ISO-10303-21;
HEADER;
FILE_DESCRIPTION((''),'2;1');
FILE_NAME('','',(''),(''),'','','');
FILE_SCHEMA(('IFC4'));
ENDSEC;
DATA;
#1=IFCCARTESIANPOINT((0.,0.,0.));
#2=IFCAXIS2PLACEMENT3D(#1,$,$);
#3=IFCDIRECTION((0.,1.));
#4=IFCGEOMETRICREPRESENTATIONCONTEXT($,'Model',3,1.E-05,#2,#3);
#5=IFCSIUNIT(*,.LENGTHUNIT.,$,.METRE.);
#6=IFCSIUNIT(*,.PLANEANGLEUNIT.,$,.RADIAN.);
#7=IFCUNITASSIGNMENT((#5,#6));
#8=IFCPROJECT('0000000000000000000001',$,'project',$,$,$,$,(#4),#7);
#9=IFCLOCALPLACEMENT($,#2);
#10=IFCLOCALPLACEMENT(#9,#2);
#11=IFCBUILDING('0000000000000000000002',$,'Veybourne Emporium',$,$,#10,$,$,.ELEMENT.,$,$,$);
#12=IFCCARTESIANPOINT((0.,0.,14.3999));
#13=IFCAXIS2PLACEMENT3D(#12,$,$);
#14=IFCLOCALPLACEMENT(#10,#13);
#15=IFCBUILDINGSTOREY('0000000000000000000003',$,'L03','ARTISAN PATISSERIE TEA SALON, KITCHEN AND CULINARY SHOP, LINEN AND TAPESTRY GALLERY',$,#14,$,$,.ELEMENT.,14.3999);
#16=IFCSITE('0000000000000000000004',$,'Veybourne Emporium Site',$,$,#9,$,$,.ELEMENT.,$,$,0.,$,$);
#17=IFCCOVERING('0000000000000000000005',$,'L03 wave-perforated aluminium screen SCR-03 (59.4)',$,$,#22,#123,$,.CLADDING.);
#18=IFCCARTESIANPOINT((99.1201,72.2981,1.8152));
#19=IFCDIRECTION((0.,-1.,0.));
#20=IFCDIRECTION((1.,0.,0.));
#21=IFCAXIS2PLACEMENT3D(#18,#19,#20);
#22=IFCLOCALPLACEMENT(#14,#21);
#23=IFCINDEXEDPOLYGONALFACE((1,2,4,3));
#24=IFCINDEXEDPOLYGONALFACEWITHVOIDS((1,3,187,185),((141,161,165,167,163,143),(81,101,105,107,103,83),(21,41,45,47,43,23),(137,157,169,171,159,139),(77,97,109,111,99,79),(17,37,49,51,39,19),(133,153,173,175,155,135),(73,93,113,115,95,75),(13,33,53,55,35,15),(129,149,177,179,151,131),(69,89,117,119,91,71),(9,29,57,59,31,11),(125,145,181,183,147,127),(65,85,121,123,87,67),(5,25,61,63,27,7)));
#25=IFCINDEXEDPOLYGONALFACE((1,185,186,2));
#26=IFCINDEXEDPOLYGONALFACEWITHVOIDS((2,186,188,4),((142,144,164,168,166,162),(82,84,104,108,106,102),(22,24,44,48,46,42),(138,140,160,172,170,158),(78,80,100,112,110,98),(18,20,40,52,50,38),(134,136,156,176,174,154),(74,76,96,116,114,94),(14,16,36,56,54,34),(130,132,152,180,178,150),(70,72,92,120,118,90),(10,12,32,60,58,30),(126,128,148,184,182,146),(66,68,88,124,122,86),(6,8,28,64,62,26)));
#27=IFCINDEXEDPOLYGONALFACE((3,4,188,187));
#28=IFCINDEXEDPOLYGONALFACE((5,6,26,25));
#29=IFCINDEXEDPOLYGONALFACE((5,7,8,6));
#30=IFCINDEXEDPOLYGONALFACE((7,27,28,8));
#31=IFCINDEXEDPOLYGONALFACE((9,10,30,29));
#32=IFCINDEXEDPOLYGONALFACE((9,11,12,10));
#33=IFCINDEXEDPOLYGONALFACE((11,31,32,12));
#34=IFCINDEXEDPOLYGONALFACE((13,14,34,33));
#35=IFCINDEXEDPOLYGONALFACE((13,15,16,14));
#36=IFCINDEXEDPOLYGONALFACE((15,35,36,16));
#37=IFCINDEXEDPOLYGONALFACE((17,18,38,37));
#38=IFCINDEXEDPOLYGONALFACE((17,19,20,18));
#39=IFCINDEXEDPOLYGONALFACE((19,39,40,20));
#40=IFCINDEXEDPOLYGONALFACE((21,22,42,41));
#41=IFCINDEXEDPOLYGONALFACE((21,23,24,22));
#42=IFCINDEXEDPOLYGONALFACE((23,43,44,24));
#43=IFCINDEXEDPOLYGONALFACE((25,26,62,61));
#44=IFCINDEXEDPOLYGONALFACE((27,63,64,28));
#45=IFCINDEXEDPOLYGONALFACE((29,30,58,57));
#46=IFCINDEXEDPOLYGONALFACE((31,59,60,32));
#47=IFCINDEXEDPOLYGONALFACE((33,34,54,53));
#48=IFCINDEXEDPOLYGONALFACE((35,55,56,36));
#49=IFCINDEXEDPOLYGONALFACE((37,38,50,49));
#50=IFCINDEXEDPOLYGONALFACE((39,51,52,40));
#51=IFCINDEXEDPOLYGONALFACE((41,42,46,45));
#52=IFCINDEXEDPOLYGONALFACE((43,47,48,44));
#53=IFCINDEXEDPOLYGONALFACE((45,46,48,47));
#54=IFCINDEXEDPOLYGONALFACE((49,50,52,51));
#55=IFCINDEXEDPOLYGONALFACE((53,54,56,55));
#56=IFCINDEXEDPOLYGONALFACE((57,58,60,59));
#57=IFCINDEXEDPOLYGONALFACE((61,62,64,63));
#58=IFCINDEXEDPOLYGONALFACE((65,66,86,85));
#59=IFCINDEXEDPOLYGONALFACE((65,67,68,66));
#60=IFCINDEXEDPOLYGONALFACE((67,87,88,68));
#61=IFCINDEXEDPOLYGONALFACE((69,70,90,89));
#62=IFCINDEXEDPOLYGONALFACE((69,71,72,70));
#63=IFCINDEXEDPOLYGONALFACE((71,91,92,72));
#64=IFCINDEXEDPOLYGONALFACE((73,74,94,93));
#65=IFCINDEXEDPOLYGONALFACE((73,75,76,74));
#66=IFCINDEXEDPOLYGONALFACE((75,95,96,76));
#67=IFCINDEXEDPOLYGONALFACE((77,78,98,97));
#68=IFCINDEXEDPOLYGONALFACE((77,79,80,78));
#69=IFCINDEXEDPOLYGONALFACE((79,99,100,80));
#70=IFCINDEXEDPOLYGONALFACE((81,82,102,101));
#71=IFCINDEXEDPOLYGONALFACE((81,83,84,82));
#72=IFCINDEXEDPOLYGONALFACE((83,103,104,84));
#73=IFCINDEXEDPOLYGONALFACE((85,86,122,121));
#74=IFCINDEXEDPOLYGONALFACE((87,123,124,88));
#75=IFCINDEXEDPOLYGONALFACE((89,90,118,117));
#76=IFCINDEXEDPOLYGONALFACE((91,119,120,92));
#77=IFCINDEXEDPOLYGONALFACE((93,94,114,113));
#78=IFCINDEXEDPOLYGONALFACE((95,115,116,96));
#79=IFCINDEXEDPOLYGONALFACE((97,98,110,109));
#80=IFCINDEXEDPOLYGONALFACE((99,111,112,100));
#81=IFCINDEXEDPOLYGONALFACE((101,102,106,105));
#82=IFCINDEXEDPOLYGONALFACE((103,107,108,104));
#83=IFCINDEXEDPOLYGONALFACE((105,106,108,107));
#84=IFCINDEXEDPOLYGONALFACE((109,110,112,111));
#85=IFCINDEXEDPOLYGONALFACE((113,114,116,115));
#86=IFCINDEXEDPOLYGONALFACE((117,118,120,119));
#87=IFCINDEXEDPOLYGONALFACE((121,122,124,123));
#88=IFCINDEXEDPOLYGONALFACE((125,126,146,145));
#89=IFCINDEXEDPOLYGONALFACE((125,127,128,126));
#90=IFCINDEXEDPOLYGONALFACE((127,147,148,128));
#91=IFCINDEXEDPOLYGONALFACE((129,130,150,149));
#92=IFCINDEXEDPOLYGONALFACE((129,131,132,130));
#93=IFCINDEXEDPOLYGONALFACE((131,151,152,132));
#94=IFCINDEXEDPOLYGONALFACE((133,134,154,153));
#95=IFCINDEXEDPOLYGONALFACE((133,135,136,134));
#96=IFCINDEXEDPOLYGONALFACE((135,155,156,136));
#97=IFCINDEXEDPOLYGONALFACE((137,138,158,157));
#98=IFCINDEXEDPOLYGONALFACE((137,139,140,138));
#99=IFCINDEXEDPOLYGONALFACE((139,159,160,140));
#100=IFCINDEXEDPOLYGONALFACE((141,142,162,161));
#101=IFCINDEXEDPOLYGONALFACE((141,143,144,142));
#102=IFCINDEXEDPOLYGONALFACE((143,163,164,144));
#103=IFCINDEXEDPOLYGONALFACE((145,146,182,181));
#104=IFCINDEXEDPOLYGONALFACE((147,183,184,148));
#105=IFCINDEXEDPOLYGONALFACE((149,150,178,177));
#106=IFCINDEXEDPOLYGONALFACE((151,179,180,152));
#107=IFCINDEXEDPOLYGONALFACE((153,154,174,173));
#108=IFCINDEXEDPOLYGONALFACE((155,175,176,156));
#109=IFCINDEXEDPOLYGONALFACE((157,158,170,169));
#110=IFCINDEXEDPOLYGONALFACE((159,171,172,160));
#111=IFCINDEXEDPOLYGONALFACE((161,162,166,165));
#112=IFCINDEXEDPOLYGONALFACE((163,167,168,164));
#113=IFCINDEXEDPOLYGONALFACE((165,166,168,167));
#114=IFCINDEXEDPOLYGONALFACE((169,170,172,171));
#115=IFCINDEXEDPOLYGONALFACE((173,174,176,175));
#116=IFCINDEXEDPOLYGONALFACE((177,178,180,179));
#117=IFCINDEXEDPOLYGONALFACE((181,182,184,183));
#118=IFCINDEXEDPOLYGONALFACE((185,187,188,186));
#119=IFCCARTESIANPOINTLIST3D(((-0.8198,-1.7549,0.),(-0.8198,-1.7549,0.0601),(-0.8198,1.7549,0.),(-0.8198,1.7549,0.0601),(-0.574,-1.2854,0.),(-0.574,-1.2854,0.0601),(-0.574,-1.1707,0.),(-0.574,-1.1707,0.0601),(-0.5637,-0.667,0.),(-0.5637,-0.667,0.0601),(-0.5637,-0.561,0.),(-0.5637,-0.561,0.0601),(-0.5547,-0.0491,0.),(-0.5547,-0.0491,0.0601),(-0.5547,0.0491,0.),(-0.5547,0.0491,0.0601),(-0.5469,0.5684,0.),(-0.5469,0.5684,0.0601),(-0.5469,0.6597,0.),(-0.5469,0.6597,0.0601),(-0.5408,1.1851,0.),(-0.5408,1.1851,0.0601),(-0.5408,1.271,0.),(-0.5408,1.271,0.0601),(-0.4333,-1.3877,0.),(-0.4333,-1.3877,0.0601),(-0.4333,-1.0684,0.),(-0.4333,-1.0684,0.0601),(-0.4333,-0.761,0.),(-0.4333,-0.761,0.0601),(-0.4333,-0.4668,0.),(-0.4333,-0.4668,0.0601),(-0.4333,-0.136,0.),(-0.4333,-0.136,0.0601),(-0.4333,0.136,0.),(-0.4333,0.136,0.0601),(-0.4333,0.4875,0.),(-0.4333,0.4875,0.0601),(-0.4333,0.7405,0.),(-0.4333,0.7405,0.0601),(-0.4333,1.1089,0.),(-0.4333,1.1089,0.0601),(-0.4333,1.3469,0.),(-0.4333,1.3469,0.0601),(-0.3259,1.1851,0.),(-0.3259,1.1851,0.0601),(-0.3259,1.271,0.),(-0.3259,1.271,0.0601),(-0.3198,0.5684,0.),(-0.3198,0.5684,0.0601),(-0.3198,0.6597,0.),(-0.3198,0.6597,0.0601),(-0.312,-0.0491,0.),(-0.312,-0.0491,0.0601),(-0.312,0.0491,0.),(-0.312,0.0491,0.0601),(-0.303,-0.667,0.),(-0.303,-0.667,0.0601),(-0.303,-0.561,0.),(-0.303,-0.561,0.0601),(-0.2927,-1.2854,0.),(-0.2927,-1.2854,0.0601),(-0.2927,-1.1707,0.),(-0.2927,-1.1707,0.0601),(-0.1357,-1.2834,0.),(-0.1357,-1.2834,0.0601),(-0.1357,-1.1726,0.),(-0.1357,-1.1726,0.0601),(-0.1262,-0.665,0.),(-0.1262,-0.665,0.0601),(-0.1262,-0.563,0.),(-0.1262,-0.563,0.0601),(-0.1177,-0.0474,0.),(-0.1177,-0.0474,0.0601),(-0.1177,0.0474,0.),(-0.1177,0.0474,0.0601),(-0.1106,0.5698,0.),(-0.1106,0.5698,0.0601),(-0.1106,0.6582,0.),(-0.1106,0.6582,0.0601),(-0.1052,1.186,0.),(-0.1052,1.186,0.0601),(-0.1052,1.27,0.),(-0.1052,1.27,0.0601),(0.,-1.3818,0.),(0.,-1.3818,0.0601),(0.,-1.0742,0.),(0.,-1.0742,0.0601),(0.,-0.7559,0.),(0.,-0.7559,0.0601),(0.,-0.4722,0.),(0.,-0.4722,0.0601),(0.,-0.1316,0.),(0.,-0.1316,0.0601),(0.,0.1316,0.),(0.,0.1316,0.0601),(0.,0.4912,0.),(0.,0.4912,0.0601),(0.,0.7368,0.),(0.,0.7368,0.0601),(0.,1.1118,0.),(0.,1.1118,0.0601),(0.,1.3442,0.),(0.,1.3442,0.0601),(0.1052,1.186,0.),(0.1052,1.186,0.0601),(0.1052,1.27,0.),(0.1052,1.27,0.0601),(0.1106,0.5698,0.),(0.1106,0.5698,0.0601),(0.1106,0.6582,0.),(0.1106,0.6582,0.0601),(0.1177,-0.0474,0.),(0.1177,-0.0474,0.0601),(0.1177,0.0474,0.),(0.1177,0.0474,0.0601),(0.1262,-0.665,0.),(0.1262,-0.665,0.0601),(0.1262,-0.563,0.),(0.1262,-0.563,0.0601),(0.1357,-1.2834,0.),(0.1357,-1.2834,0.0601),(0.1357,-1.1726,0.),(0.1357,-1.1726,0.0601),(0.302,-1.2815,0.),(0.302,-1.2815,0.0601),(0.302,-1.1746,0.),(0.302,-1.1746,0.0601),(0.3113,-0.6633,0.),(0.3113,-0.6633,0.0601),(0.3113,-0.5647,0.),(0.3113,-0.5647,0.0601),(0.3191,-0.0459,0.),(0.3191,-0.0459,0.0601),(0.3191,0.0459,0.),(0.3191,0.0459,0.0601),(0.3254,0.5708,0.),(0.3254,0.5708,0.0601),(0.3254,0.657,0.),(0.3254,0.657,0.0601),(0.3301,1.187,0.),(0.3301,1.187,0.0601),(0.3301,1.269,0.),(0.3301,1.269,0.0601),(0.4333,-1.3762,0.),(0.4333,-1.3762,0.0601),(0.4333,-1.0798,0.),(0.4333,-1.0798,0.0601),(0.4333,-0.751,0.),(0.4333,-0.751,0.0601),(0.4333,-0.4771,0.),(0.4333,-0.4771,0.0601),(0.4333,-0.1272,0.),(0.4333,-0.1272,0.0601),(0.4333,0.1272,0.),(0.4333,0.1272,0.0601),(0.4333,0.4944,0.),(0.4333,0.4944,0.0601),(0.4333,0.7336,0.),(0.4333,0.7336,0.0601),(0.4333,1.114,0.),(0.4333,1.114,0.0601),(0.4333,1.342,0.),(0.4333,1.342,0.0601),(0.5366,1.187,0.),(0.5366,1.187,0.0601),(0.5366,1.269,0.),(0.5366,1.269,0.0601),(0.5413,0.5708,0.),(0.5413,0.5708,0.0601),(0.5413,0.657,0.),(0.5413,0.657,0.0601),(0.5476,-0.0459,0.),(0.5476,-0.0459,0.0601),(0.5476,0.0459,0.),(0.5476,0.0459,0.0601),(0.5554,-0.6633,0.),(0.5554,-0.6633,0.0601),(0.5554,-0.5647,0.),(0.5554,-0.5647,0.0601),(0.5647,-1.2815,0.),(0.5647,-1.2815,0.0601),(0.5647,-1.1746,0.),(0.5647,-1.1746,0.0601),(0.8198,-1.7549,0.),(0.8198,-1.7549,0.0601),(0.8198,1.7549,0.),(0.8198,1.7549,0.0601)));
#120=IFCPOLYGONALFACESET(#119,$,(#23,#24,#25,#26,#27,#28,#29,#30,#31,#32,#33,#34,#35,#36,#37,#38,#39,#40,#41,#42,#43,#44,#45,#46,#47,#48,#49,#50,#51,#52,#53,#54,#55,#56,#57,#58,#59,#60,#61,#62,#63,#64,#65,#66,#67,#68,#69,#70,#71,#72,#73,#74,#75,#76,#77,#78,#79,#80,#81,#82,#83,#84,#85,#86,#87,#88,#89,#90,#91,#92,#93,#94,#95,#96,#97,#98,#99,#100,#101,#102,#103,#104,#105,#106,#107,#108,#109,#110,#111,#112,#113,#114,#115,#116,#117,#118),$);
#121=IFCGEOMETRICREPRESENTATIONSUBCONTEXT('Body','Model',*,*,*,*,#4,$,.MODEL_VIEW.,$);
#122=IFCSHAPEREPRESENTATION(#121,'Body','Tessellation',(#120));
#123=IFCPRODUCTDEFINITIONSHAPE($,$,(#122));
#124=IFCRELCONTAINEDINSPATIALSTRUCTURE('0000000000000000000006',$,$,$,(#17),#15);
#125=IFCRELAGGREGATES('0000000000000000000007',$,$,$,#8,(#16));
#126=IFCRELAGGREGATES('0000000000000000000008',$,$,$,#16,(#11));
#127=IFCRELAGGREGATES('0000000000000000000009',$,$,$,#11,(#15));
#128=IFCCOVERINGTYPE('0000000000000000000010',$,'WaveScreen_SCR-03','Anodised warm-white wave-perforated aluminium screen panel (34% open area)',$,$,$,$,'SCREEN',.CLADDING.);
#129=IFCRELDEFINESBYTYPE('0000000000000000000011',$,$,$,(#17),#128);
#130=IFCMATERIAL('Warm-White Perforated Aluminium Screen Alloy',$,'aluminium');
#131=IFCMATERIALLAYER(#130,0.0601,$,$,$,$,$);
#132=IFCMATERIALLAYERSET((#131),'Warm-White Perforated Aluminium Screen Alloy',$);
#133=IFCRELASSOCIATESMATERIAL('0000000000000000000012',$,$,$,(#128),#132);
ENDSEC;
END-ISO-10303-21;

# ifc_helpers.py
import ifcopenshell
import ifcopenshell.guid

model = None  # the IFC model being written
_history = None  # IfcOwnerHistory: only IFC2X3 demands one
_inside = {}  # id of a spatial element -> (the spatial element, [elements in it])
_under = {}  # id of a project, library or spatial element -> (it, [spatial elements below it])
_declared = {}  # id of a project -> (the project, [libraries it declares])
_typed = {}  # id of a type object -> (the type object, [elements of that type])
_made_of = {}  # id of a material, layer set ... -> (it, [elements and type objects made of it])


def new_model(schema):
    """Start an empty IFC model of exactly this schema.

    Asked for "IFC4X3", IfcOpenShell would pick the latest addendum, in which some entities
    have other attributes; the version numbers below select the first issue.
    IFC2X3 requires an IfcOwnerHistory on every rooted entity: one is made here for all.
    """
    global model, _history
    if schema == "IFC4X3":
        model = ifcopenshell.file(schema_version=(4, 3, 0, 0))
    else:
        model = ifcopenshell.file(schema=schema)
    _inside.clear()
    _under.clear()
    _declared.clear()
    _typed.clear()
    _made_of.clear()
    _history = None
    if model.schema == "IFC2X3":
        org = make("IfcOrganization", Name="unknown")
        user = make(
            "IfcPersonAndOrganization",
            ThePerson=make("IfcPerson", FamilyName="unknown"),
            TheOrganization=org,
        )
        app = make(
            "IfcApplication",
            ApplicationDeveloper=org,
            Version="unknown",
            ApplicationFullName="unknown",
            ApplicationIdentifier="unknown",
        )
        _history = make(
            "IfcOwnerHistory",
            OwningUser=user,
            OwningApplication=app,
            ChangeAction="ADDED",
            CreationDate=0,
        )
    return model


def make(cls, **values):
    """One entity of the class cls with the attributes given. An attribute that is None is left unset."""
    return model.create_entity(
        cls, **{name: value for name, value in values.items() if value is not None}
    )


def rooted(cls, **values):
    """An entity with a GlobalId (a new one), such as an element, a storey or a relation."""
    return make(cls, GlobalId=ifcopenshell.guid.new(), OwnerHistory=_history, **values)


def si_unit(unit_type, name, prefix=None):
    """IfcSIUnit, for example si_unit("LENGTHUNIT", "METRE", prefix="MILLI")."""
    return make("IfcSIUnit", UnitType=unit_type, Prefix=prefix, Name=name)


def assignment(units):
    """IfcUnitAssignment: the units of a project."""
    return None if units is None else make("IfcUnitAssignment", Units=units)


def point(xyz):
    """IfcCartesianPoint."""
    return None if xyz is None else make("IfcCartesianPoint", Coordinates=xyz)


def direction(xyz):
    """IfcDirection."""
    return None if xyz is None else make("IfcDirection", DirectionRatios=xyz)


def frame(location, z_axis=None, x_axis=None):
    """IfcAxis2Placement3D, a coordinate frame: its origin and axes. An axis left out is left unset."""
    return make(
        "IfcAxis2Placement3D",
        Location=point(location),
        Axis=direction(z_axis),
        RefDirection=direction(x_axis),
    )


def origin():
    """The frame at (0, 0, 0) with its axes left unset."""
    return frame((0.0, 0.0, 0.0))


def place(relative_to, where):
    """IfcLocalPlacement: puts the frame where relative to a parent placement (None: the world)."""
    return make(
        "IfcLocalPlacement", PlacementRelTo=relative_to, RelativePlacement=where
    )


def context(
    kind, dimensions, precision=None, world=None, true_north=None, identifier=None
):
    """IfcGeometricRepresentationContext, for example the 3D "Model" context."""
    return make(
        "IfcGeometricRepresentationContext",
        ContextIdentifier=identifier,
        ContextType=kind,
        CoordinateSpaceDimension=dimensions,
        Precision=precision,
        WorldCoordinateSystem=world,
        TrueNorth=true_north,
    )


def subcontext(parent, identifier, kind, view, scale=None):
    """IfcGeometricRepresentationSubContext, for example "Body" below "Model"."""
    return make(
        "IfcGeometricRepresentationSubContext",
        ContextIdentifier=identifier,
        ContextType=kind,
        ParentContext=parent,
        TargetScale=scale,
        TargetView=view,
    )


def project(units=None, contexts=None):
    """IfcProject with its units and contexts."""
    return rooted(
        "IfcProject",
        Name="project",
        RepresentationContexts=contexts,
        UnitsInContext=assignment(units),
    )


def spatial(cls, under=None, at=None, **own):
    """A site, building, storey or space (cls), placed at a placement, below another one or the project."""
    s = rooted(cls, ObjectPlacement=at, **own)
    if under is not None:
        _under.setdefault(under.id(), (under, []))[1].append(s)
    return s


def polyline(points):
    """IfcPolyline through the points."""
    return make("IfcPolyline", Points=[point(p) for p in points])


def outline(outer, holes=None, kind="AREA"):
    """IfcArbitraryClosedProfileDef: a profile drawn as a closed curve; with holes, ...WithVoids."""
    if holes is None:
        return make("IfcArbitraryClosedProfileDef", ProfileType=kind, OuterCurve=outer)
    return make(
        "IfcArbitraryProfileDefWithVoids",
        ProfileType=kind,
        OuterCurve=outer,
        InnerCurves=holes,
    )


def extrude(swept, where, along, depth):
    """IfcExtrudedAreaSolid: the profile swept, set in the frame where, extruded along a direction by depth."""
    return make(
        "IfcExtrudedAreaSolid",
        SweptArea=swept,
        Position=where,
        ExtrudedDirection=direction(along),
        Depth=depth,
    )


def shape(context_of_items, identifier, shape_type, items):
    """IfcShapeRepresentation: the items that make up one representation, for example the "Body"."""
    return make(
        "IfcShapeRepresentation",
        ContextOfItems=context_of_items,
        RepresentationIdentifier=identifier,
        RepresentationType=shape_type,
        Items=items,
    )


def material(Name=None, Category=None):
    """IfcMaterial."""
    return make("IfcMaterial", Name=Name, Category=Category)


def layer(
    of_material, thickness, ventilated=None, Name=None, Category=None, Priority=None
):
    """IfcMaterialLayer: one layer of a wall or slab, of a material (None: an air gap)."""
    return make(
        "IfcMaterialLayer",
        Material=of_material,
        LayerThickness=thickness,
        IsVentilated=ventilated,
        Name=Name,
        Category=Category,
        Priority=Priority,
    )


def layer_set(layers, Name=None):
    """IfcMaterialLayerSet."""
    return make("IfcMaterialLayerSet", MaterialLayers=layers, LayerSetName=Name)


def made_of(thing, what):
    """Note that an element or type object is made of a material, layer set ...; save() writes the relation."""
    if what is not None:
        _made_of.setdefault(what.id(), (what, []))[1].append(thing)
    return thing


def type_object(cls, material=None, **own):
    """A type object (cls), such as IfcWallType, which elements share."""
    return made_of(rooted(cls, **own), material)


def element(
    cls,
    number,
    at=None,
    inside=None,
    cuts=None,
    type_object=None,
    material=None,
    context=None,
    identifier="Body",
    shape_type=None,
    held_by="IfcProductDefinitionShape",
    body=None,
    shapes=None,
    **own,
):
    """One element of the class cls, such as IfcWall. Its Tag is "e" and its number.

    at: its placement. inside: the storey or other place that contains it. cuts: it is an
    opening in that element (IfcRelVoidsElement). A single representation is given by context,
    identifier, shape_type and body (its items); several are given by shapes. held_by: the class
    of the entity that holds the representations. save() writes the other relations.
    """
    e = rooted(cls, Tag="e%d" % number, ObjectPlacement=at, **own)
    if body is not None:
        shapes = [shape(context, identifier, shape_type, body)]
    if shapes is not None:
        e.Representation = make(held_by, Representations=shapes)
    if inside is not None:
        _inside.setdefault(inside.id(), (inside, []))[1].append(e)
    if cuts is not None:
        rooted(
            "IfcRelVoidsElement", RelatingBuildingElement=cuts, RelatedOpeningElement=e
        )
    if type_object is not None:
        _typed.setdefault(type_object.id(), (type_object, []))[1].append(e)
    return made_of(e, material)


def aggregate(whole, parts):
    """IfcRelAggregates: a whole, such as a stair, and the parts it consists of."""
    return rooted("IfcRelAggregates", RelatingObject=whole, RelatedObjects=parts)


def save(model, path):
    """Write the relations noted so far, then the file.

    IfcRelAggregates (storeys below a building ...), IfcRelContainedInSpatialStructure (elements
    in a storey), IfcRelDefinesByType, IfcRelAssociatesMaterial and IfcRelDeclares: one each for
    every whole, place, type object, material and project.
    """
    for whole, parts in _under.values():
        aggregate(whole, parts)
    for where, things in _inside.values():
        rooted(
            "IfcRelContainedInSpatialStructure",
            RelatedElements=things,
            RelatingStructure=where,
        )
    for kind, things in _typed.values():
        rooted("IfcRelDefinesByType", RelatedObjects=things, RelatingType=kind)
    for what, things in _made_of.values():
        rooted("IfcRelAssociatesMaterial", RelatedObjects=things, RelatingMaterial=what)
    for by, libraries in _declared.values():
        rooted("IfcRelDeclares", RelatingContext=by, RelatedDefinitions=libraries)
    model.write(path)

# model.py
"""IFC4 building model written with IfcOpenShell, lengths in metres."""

from ifc_helpers import new_model, si_unit, direction, frame, origin, place, context, subcontext, project, spatial, polyline, outline, extrude, material, layer, layer_set, type_object, element, save


model = new_model("IFC4")

# Units and contexts
model_context = context("Model", 3, precision=1e-05, world=origin(), true_north=direction((0.0, 1.0)))
body_context = subcontext(model_context, "Body", "Model", "MODEL_VIEW")
ifc_project = project(units=[si_unit("LENGTHUNIT", "METRE"), si_unit("PLANEANGLEUNIT", "RADIAN")], contexts=[model_context])

# Site, building, storey
site_placement = place(None, origin())
site = spatial("IfcSite", under=ifc_project, at=site_placement, Name="Veybourne Emporium Site", CompositionType="ELEMENT", RefElevation=0.0)
building_placement = place(site_placement, origin())
building = spatial("IfcBuilding", under=site, at=building_placement, Name="Veybourne Emporium", CompositionType="ELEMENT")
storey_placement = place(building_placement, frame((0.0, 0.0, 14.3999)))
storey = spatial("IfcBuildingStorey", under=building, at=storey_placement, Name="L03", Description="ARTISAN PATISSERIE TEA SALON, KITCHEN AND CULINARY SHOP, LINEN AND TAPESTRY GALLERY", CompositionType="ELEMENT", Elevation=14.3999)

# Covering
ifc_material_1 = material(Name="Warm-White Perforated Aluminium Screen Alloy", Category="aluminium")
ifc_layer_1 = layer(ifc_material_1, 0.0601)
ifc_layer_set_1 = layer_set([ifc_layer_1], Name="Warm-White Perforated Aluminium Screen Alloy")
covering_type_1 = type_object("IfcCoveringType", Name="WaveScreen_SCR-03", Description="Anodised warm-white wave-perforated aluminium screen panel (34% open area)", ElementType="SCREEN", PredefinedType="CLADDING", material=ifc_layer_set_1)
covering_1_placement = place(storey_placement, frame((99.1201, 72.2981, 1.8152), z_axis=(0.0, -1.0, 0.0), x_axis=(1.0, 0.0, 0.0)))
element("IfcCovering", 1, at=covering_1_placement, inside=storey, type_object=covering_type_1, Name="L03 wave-perforated aluminium screen SCR-03 (59.4)", PredefinedType="CLADDING", context=body_context, shape_type="SweptSolid", body=[
    extrude(outline(polyline([(-0.8198, -1.7549), (0.8198, -1.7549), (0.8198, 1.7549), (-0.8198, 1.7549), (-0.8198, -1.7549)]), holes=[polyline([(-0.4333, -1.0684), (-0.2927, -1.1707), (-0.2927, -1.2854), (-0.4333, -1.3877), (-0.574, -1.2854), (-0.574, -1.1707), (-0.4333, -1.0684)]), polyline([(-0.4333, -0.4668), (-0.303, -0.561), (-0.303, -0.667), (-0.4333, -0.761), (-0.5637, -0.667), (-0.5637, -0.561), (-0.4333, -0.4668)]), polyline([(-0.4333, 0.136), (-0.312, 0.0491), (-0.312, -0.0491), (-0.4333, -0.136), (-0.5547, -0.0491), (-0.5547, 0.0491), (-0.4333, 0.136)]), polyline([(-0.4333, 0.7405), (-0.3198, 0.6597), (-0.3198, 0.5684), (-0.4333, 0.4875), (-0.5469, 0.5684), (-0.5469, 0.6597), (-0.4333, 0.7405)]), polyline([(-0.4333, 1.3469), (-0.3259, 1.271), (-0.3259, 1.1851), (-0.4333, 1.1089), (-0.5408, 1.1851), (-0.5408, 1.271), (-0.4333, 1.3469)]), polyline([(0.0, -1.0742), (0.1357, -1.1726), (0.1357, -1.2834), (0.0, -1.3818), (-0.1357, -1.2834), (-0.1357, -1.1726), (0.0, -1.0742)]), polyline([(0.0, -0.4722), (0.1262, -0.563), (0.1262, -0.665), (0.0, -0.7559), (-0.1262, -0.665), (-0.1262, -0.563), (0.0, -0.4722)]), polyline([(0.0, 0.1316), (0.1177, 0.0474), (0.1177, -0.0474), (0.0, -0.1316), (-0.1177, -0.0474), (-0.1177, 0.0474), (0.0, 0.1316)]), polyline([(0.0, 0.7368), (0.1106, 0.6582), (0.1106, 0.5698), (0.0, 0.4912), (-0.1106, 0.5698), (-0.1106, 0.6582), (0.0, 0.7368)]), polyline([(0.0, 1.3442), (0.1052, 1.27), (0.1052, 1.186), (0.0, 1.1118), (-0.1052, 1.186), (-0.1052, 1.27), (0.0, 1.3442)]), polyline([(0.4333, -1.0798), (0.5647, -1.1746), (0.5647, -1.2815), (0.4333, -1.3762), (0.302, -1.2815), (0.302, -1.1746), (0.4333, -1.0798)]), polyline([(0.4333, -0.4771), (0.5554, -0.5647), (0.5554, -0.6633), (0.4333, -0.751), (0.3113, -0.6633), (0.3113, -0.5647), (0.4333, -0.4771)]), polyline([(0.4333, 0.1272), (0.5476, 0.0459), (0.5476, -0.0459), (0.4333, -0.1272), (0.3191, -0.0459), (0.3191, 0.0459), (0.4333, 0.1272)]), polyline([(0.4333, 0.7336), (0.5413, 0.657), (0.5413, 0.5708), (0.4333, 0.4944), (0.3254, 0.5708), (0.3254, 0.657), (0.4333, 0.7336)]), polyline([(0.4333, 1.342), (0.5366, 1.269), (0.5366, 1.187), (0.4333, 1.114), (0.3301, 1.187), (0.3301, 1.269), (0.4333, 1.342)])]), origin(), (0.0, 0.0, 1.0), 0.0601),
])

save(model, "model.ifc")
